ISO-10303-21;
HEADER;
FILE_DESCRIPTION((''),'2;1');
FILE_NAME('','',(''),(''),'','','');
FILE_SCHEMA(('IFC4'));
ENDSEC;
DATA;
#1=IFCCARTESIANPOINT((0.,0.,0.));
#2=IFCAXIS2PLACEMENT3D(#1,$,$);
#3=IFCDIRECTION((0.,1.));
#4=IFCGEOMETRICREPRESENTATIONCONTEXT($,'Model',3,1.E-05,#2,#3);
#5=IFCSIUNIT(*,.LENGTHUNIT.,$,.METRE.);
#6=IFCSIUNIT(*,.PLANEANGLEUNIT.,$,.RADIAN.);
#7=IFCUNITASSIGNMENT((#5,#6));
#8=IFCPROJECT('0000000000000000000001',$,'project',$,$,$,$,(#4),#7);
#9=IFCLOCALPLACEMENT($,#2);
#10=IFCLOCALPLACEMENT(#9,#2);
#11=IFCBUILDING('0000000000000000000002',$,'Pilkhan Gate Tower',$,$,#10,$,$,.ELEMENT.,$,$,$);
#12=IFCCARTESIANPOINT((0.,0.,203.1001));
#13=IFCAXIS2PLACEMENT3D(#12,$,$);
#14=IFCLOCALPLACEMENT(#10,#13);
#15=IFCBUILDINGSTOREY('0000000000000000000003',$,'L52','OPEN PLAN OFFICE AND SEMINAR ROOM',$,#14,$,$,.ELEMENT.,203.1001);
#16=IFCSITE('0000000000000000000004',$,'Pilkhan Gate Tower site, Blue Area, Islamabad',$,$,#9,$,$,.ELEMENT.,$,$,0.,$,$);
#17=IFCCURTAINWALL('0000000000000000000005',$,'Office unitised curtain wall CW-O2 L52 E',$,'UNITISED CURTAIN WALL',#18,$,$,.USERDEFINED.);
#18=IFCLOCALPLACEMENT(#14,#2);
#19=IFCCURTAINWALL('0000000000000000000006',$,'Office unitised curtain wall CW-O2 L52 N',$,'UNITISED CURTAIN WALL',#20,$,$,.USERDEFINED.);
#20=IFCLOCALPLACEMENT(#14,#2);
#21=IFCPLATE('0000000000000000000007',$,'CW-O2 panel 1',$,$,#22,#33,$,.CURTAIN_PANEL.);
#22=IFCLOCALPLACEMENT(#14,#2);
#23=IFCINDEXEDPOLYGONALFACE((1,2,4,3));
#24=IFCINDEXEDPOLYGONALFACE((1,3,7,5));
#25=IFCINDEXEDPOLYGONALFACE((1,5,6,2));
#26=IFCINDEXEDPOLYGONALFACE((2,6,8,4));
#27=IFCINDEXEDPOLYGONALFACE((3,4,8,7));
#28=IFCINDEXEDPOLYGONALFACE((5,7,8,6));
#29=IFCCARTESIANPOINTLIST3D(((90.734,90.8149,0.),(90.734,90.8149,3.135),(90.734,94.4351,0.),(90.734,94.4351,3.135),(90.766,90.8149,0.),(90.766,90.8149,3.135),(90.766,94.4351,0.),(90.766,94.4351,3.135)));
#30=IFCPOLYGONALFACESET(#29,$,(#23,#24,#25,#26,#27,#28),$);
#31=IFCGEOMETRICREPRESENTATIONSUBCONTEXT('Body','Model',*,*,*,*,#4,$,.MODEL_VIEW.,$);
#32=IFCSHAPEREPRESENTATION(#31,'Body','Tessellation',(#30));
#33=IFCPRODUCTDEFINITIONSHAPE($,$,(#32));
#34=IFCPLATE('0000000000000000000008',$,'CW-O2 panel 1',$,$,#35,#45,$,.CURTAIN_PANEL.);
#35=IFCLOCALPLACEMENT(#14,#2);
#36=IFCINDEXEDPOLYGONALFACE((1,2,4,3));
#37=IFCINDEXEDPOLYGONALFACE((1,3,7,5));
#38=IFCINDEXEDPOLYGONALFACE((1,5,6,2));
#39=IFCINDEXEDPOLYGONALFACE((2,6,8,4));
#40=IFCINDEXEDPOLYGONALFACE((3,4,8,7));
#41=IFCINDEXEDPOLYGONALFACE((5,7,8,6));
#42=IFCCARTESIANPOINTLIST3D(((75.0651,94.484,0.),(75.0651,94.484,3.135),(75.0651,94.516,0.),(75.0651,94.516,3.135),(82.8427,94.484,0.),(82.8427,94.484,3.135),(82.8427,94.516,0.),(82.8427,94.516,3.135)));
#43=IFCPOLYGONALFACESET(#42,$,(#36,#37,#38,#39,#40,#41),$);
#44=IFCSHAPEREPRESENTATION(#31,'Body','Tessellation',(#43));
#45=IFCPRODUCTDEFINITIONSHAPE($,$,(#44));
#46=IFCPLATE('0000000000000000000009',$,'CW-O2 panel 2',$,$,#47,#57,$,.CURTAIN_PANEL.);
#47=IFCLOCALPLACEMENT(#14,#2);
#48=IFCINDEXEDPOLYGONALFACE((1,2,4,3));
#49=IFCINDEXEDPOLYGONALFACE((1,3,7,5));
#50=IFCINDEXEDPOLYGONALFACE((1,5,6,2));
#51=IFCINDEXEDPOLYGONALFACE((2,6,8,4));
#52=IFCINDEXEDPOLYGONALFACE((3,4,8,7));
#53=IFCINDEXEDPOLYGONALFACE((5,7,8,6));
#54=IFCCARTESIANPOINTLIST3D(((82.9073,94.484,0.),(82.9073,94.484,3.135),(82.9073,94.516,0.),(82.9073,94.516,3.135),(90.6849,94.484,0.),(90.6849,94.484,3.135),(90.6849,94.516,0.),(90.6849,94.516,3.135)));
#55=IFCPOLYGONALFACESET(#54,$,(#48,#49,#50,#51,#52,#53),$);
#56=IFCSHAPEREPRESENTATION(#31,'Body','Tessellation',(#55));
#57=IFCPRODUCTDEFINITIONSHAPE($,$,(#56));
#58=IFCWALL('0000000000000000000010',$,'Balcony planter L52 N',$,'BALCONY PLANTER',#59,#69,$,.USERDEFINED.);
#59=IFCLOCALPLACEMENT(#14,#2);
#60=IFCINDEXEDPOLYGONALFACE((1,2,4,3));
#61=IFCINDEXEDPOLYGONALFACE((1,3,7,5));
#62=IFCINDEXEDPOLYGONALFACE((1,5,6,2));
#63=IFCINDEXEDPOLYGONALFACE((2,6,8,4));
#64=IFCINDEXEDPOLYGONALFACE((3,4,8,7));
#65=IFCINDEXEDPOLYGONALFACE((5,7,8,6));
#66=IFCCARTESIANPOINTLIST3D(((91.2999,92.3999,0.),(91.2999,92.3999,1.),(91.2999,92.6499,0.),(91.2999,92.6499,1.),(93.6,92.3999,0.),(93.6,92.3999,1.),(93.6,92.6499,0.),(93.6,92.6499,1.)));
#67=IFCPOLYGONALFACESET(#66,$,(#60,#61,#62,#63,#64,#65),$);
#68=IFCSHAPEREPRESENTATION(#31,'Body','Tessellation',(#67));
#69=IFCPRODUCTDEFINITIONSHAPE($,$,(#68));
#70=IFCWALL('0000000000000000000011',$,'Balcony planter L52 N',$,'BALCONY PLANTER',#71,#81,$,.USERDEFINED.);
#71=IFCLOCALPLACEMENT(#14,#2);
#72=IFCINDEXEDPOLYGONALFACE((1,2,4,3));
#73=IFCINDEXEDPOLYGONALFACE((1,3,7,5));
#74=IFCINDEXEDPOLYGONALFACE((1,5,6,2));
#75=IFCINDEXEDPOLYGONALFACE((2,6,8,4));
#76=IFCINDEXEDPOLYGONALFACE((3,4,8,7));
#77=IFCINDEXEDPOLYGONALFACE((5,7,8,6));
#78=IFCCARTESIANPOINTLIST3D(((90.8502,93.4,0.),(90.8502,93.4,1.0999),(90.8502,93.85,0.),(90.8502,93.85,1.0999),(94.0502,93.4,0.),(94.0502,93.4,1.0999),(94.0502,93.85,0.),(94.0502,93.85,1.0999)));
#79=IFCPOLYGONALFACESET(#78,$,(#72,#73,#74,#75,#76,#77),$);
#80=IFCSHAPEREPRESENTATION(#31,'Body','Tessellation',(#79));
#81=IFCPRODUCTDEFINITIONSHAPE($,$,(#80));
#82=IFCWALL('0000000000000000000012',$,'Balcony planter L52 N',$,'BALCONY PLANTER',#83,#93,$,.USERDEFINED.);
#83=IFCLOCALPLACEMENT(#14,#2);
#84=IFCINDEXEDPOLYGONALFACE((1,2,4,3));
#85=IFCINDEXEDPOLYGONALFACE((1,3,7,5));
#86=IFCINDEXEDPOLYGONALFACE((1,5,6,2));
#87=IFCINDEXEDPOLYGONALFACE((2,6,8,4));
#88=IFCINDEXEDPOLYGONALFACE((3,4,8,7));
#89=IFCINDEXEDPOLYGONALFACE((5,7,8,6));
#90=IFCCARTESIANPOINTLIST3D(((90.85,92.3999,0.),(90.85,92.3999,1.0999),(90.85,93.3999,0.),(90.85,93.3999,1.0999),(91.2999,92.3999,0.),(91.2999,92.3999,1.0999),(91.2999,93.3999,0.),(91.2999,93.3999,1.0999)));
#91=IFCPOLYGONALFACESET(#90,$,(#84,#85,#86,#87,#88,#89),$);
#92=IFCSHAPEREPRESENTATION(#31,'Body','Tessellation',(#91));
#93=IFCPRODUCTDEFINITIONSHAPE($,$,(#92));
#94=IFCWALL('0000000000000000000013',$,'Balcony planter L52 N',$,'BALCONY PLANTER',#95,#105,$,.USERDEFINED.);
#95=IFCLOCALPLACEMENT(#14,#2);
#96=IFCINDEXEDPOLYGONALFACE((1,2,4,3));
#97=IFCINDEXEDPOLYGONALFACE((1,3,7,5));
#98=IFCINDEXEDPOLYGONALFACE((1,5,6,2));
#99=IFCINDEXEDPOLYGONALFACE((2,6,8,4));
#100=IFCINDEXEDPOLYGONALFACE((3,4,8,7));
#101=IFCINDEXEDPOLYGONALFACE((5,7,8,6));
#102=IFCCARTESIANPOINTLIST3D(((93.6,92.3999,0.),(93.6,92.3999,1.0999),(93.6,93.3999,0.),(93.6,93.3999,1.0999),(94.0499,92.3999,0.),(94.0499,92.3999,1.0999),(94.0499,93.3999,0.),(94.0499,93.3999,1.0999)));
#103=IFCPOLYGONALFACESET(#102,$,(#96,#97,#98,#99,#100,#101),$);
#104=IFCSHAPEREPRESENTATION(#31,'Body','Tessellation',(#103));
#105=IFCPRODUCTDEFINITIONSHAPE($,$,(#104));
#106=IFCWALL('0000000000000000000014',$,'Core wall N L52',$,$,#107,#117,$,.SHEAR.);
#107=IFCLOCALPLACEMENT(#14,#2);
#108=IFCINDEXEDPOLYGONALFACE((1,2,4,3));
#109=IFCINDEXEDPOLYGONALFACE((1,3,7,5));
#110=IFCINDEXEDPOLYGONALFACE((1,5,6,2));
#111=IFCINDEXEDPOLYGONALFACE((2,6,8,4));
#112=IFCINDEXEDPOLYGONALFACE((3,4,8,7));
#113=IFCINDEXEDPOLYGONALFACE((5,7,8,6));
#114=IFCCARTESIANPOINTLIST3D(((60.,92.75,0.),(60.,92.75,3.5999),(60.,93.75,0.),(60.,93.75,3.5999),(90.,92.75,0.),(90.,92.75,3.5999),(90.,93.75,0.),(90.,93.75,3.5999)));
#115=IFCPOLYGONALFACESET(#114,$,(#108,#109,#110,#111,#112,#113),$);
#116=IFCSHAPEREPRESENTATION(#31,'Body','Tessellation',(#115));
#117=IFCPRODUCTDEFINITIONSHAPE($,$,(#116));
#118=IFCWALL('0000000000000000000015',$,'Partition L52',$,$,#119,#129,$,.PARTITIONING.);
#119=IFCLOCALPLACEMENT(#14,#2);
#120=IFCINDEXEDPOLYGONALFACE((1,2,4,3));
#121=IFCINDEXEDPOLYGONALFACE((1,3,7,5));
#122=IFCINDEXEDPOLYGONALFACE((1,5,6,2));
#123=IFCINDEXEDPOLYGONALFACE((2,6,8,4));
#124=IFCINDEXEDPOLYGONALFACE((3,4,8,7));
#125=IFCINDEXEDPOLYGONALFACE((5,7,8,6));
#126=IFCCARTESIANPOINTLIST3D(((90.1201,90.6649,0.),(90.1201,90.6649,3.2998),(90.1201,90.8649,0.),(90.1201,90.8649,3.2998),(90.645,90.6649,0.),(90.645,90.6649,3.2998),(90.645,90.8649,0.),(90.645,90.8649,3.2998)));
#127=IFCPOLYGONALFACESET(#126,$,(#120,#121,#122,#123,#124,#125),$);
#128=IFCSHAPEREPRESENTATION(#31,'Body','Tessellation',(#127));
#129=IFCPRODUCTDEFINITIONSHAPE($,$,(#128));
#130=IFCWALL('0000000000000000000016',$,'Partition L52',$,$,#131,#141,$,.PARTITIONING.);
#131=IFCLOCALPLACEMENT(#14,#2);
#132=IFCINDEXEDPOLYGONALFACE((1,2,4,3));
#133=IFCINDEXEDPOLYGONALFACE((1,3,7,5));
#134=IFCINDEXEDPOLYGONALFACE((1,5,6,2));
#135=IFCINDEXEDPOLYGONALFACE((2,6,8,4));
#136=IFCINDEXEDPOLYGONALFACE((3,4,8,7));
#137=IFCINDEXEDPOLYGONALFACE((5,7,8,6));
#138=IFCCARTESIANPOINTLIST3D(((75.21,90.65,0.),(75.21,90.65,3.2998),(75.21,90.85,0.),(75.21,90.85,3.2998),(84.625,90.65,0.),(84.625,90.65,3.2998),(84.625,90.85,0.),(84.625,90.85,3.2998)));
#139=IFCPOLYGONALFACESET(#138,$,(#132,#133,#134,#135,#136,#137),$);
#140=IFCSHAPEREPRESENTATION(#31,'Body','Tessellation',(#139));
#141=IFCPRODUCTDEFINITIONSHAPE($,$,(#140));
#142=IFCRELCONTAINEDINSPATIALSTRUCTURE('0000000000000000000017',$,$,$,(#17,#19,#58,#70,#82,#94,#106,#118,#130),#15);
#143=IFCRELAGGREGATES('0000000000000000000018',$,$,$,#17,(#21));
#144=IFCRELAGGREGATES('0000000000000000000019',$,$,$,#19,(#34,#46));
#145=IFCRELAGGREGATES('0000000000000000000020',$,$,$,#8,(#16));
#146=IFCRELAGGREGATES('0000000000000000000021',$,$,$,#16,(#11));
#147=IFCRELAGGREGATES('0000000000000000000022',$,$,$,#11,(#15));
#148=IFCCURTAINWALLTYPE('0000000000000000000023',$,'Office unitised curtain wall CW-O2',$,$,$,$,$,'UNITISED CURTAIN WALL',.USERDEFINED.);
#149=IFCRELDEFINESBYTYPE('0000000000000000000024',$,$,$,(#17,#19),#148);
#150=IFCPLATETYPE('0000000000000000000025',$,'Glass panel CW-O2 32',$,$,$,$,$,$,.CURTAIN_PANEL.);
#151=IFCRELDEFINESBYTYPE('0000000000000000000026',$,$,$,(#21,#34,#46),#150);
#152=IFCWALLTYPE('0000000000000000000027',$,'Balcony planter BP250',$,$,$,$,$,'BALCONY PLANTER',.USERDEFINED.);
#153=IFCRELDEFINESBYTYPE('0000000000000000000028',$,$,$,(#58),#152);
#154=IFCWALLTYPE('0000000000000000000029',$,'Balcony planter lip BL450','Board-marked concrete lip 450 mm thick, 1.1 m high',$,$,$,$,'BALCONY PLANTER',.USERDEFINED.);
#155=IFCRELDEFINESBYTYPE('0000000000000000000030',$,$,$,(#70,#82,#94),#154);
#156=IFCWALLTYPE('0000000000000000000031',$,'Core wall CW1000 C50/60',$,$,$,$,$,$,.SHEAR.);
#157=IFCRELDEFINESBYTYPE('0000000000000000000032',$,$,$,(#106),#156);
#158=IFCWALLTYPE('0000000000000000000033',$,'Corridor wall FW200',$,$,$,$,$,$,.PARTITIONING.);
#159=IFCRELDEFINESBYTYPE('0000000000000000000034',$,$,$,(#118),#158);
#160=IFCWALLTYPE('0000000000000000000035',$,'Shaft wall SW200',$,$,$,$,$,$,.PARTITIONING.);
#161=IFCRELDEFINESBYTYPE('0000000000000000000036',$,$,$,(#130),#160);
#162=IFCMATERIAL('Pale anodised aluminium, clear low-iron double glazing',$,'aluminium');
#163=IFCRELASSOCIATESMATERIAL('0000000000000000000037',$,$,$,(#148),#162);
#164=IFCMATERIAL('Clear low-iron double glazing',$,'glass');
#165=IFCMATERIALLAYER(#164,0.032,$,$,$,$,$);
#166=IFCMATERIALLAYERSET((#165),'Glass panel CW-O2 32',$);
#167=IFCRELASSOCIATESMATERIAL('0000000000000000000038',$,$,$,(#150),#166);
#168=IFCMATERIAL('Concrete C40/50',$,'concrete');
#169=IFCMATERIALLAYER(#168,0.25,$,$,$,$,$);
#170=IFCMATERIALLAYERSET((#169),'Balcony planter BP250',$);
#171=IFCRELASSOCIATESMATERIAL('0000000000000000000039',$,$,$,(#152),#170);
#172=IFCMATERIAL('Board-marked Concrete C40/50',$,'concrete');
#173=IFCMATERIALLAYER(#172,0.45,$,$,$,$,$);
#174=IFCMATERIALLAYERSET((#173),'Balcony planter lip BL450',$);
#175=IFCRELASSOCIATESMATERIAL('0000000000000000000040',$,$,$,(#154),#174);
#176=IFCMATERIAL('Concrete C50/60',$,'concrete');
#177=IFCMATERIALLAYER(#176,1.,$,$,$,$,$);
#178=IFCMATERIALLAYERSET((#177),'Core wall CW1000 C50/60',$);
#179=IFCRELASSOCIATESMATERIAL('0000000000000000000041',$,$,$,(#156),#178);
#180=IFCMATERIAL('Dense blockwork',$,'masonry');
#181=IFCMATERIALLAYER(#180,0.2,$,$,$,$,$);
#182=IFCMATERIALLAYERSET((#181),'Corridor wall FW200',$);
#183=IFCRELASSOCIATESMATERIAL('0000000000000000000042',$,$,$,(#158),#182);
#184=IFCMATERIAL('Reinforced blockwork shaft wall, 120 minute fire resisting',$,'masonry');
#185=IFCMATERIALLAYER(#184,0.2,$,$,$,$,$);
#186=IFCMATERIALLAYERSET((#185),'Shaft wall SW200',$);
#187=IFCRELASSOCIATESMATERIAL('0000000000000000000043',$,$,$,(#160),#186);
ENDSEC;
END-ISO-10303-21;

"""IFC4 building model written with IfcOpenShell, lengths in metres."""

from ifc_helpers import new_model, si_unit, direction, frame, frame_2d, origin, origin_2d, place, context, subcontext, project, spatial, rectangle, extrude, material, layer, layer_set, type_object, element, aggregate, save


model = new_model("IFC4")

# Units and contexts
model_context = context("Model", 3, precision=1e-05, world=origin(), true_north=direction((0.0, 1.0)))
body_context = subcontext(model_context, "Body", "Model", "MODEL_VIEW")
ifc_project = project(units=[si_unit("LENGTHUNIT", "METRE"), si_unit("PLANEANGLEUNIT", "RADIAN")], contexts=[model_context])

# Site, building, storey
site_placement = place(None, origin())
site = spatial("IfcSite", under=ifc_project, at=site_placement, Name="Pilkhan Gate Tower site, Blue Area, Islamabad", CompositionType="ELEMENT", RefElevation=0.0)
building_placement = place(site_placement, origin())
building = spatial("IfcBuilding", under=site, at=building_placement, Name="Pilkhan Gate Tower", CompositionType="ELEMENT")
storey_placement = place(building_placement, frame((0.0, 0.0, 203.1001)))
storey = spatial("IfcBuildingStorey", under=building, at=storey_placement, Name="L52", Description="OPEN PLAN OFFICE AND SEMINAR ROOM", CompositionType="ELEMENT", Elevation=203.1001)

# Shared definitions
ifc_material_1 = material(Name="Concrete C50/60", Category="concrete")

# Shared definitions
ifc_material_2 = material(Name="Pale anodised aluminium, clear low-iron double glazing", Category="aluminium")
curtain_wall_type = type_object("IfcCurtainWallType", Name="Office unitised curtain wall CW-O2", ElementType="UNITISED CURTAIN WALL", PredefinedType="USERDEFINED", material=ifc_material_2)

# Curtain walls
curtain_wall_1_placement = place(storey_placement, origin())
curtain_wall_1 = element("IfcCurtainWall", 1, at=curtain_wall_1_placement, inside=storey, type_object=curtain_wall_type, Name="Office unitised curtain wall CW-O2 L52 E", ObjectType="UNITISED CURTAIN WALL", PredefinedType="USERDEFINED")
curtain_wall_2_placement = place(storey_placement, origin())
curtain_wall_2 = element("IfcCurtainWall", 2, at=curtain_wall_2_placement, inside=storey, type_object=curtain_wall_type, Name="Office unitised curtain wall CW-O2 L52 N", ObjectType="UNITISED CURTAIN WALL", PredefinedType="USERDEFINED")

# Plates
ifc_material_3 = material(Name="Clear low-iron double glazing", Category="glass")
ifc_layer_1 = layer(ifc_material_3, 0.032)
ifc_layer_set_1 = layer_set([ifc_layer_1], Name="Glass panel CW-O2 32")
plate_type = type_object("IfcPlateType", Name="Glass panel CW-O2 32", PredefinedType="CURTAIN_PANEL", material=ifc_layer_set_1)
plate_1_placement = place(storey_placement, frame((90.75, 92.625, 0.0), z_axis=(0.0, 0.0, 1.0), x_axis=(0.0, 1.0, 0.0)))
plate_1 = element("IfcPlate", 3, at=plate_1_placement, type_object=plate_type, Name="CW-O2 panel 1", PredefinedType="CURTAIN_PANEL", context=body_context, shape_type="SweptSolid", body=[
    extrude(rectangle(XDim=3.6201, YDim=0.032, at=origin_2d()), origin(), (0.0, 0.0, 1.0), 3.135),
])
aggregate(curtain_wall_1, [plate_1])
plate_2_placement = place(storey_placement, frame((78.9539, 94.5, 0.0), z_axis=(0.0, 0.0, 1.0), x_axis=(1.0, 0.0, 0.0)))
plate_2 = element("IfcPlate", 4, at=plate_2_placement, type_object=plate_type, Name="CW-O2 panel 1", PredefinedType="CURTAIN_PANEL", context=body_context, shape_type="SweptSolid", body=[
    extrude(rectangle(XDim=7.7776, YDim=0.032, at=origin_2d()), origin(), (0.0, 0.0, 1.0), 3.135),
])
plate_3_placement = place(storey_placement, frame((86.7961, 94.5, 0.0), z_axis=(0.0, 0.0, 1.0), x_axis=(1.0, 0.0, 0.0)))
plate_3 = element("IfcPlate", 5, at=plate_3_placement, type_object=plate_type, Name="CW-O2 panel 2", PredefinedType="CURTAIN_PANEL", context=body_context, shape_type="SweptSolid", body=[
    extrude(rectangle(XDim=7.7776, YDim=0.032, at=origin_2d()), origin(), (0.0, 0.0, 1.0), 3.135),
])
aggregate(curtain_wall_2, [plate_2, plate_3])

# Walls
ifc_material_4 = material(Name="Concrete C40/50", Category="concrete")
ifc_layer_2 = layer(ifc_material_4, 0.25)
ifc_layer_set_2 = layer_set([ifc_layer_2], Name="Balcony planter BP250")
wall_type_1 = type_object("IfcWallType", Name="Balcony planter BP250", ElementType="BALCONY PLANTER", PredefinedType="USERDEFINED", material=ifc_layer_set_2)
wall_1_placement = place(storey_placement, frame((91.3, 92.5249, 0.0), z_axis=(0.0, 0.0, 1.0), x_axis=(1.0, 0.0, 0.0)))
element("IfcWall", 6, at=wall_1_placement, inside=storey, type_object=wall_type_1, Name="Balcony planter L52 N", ObjectType="BALCONY PLANTER", PredefinedType="USERDEFINED", context=body_context, shape_type="SweptSolid", body=[
    extrude(rectangle(XDim=2.3, YDim=0.25, at=frame_2d((1.1499, 0.0))), origin(), (0.0, 0.0, 1.0), 1.0),
])
ifc_material_5 = material(Name="Board-marked Concrete C40/50", Category="concrete")
ifc_layer_3 = layer(ifc_material_5, 0.45)
ifc_layer_set_3 = layer_set([ifc_layer_3], Name="Balcony planter lip BL450")
wall_type_2 = type_object("IfcWallType", Name="Balcony planter lip BL450", Description="Board-marked concrete lip 450 mm thick, 1.1 m high", ElementType="BALCONY PLANTER", PredefinedType="USERDEFINED", material=ifc_layer_set_3)
wall_2_placement = place(storey_placement, frame((90.8501, 93.625, 0.0), z_axis=(0.0, 0.0, 1.0), x_axis=(1.0, 0.0, 0.0)))
element("IfcWall", 7, at=wall_2_placement, inside=storey, type_object=wall_type_2, Name="Balcony planter L52 N", ObjectType="BALCONY PLANTER", PredefinedType="USERDEFINED", context=body_context, shape_type="SweptSolid", body=[
    extrude(rectangle(XDim=3.2, YDim=0.45, at=frame_2d((1.6001, 0.0))), origin(), (0.0, 0.0, 1.0), 1.0999),
])
for number, where, z_axis, x_axis, name in (
    (8, (91.075, 92.3999, 0.0), (0.0, 0.0, 1.0), (0.0, 1.0, 0.0), "Balcony planter L52 N"),
    (9, (93.825, 92.3999, 0.0), (0.0, 0.0, 1.0), (0.0, 1.0, 0.0), "Balcony planter L52 N"),
):
    element("IfcWall", number, at=place(storey_placement, frame(where, z_axis=z_axis, x_axis=x_axis)), inside=storey, type_object=wall_type_2, Name=name, ObjectType="BALCONY PLANTER", PredefinedType="USERDEFINED", context=body_context, shape_type="SweptSolid", body=[
        extrude(rectangle(XDim=1.0, YDim=0.45, at=frame_2d((0.5, 0.0))), origin(), (0.0, 0.0, 1.0), 1.0999),
    ])
ifc_layer_4 = layer(ifc_material_1, 1.0)
ifc_layer_set_4 = layer_set([ifc_layer_4], Name="Core wall CW1000 C50/60")
wall_type_3 = type_object("IfcWallType", Name="Core wall CW1000 C50/60", PredefinedType="SHEAR", material=ifc_layer_set_4)
wall_3_placement = place(storey_placement, frame((90.0, 93.25, 0.0), z_axis=(0.0, 0.0, 1.0), x_axis=(-1.0, 0.0, 0.0)))
element("IfcWall", 10, at=wall_3_placement, inside=storey, type_object=wall_type_3, Name="Core wall N L52", PredefinedType="SHEAR", context=body_context, shape_type="SweptSolid", body=[
    extrude(rectangle(XDim=30.0, YDim=1.0, at=frame_2d((15.0, 0.0))), origin(), (0.0, 0.0, 1.0), 3.5999),
])
ifc_material_6 = material(Name="Dense blockwork", Category="masonry")
ifc_layer_5 = layer(ifc_material_6, 0.2)
ifc_layer_set_5 = layer_set([ifc_layer_5], Name="Corridor wall FW200")
wall_type_4 = type_object("IfcWallType", Name="Corridor wall FW200", PredefinedType="PARTITIONING", material=ifc_layer_set_5)
wall_4_placement = place(storey_placement, frame((90.1201, 90.7649, 0.0), z_axis=(0.0, 0.0, 1.0), x_axis=(1.0, 0.0, 0.0)))
element("IfcWall", 11, at=wall_4_placement, inside=storey, type_object=wall_type_4, Name="Partition L52", PredefinedType="PARTITIONING", context=body_context, shape_type="SweptSolid", body=[
    extrude(rectangle(XDim=0.5249, YDim=0.2, at=frame_2d((0.2625, 0.0))), origin(), (0.0, 0.0, 1.0), 3.2998),
])

# Wall
ifc_material_7 = material(Name="Reinforced blockwork shaft wall, 120 minute fire resisting", Category="masonry")
ifc_layer_6 = layer(ifc_material_7, 0.2)
ifc_layer_set_6 = layer_set([ifc_layer_6], Name="Shaft wall SW200")
wall_type_5 = type_object("IfcWallType", Name="Shaft wall SW200", PredefinedType="PARTITIONING", material=ifc_layer_set_6)
wall_5_placement = place(storey_placement, frame((75.21, 90.75, 0.0), z_axis=(0.0, 0.0, 1.0), x_axis=(1.0, 0.0, 0.0)))
element("IfcWall", 12, at=wall_5_placement, inside=storey, type_object=wall_type_5, Name="Partition L52", PredefinedType="PARTITIONING", context=body_context, shape_type="SweptSolid", body=[
    extrude(rectangle(XDim=9.415, YDim=0.2, at=frame_2d((4.7075, 0.0))), origin(), (0.0, 0.0, 1.0), 3.2998),
])

save(model, "model.ifc")
